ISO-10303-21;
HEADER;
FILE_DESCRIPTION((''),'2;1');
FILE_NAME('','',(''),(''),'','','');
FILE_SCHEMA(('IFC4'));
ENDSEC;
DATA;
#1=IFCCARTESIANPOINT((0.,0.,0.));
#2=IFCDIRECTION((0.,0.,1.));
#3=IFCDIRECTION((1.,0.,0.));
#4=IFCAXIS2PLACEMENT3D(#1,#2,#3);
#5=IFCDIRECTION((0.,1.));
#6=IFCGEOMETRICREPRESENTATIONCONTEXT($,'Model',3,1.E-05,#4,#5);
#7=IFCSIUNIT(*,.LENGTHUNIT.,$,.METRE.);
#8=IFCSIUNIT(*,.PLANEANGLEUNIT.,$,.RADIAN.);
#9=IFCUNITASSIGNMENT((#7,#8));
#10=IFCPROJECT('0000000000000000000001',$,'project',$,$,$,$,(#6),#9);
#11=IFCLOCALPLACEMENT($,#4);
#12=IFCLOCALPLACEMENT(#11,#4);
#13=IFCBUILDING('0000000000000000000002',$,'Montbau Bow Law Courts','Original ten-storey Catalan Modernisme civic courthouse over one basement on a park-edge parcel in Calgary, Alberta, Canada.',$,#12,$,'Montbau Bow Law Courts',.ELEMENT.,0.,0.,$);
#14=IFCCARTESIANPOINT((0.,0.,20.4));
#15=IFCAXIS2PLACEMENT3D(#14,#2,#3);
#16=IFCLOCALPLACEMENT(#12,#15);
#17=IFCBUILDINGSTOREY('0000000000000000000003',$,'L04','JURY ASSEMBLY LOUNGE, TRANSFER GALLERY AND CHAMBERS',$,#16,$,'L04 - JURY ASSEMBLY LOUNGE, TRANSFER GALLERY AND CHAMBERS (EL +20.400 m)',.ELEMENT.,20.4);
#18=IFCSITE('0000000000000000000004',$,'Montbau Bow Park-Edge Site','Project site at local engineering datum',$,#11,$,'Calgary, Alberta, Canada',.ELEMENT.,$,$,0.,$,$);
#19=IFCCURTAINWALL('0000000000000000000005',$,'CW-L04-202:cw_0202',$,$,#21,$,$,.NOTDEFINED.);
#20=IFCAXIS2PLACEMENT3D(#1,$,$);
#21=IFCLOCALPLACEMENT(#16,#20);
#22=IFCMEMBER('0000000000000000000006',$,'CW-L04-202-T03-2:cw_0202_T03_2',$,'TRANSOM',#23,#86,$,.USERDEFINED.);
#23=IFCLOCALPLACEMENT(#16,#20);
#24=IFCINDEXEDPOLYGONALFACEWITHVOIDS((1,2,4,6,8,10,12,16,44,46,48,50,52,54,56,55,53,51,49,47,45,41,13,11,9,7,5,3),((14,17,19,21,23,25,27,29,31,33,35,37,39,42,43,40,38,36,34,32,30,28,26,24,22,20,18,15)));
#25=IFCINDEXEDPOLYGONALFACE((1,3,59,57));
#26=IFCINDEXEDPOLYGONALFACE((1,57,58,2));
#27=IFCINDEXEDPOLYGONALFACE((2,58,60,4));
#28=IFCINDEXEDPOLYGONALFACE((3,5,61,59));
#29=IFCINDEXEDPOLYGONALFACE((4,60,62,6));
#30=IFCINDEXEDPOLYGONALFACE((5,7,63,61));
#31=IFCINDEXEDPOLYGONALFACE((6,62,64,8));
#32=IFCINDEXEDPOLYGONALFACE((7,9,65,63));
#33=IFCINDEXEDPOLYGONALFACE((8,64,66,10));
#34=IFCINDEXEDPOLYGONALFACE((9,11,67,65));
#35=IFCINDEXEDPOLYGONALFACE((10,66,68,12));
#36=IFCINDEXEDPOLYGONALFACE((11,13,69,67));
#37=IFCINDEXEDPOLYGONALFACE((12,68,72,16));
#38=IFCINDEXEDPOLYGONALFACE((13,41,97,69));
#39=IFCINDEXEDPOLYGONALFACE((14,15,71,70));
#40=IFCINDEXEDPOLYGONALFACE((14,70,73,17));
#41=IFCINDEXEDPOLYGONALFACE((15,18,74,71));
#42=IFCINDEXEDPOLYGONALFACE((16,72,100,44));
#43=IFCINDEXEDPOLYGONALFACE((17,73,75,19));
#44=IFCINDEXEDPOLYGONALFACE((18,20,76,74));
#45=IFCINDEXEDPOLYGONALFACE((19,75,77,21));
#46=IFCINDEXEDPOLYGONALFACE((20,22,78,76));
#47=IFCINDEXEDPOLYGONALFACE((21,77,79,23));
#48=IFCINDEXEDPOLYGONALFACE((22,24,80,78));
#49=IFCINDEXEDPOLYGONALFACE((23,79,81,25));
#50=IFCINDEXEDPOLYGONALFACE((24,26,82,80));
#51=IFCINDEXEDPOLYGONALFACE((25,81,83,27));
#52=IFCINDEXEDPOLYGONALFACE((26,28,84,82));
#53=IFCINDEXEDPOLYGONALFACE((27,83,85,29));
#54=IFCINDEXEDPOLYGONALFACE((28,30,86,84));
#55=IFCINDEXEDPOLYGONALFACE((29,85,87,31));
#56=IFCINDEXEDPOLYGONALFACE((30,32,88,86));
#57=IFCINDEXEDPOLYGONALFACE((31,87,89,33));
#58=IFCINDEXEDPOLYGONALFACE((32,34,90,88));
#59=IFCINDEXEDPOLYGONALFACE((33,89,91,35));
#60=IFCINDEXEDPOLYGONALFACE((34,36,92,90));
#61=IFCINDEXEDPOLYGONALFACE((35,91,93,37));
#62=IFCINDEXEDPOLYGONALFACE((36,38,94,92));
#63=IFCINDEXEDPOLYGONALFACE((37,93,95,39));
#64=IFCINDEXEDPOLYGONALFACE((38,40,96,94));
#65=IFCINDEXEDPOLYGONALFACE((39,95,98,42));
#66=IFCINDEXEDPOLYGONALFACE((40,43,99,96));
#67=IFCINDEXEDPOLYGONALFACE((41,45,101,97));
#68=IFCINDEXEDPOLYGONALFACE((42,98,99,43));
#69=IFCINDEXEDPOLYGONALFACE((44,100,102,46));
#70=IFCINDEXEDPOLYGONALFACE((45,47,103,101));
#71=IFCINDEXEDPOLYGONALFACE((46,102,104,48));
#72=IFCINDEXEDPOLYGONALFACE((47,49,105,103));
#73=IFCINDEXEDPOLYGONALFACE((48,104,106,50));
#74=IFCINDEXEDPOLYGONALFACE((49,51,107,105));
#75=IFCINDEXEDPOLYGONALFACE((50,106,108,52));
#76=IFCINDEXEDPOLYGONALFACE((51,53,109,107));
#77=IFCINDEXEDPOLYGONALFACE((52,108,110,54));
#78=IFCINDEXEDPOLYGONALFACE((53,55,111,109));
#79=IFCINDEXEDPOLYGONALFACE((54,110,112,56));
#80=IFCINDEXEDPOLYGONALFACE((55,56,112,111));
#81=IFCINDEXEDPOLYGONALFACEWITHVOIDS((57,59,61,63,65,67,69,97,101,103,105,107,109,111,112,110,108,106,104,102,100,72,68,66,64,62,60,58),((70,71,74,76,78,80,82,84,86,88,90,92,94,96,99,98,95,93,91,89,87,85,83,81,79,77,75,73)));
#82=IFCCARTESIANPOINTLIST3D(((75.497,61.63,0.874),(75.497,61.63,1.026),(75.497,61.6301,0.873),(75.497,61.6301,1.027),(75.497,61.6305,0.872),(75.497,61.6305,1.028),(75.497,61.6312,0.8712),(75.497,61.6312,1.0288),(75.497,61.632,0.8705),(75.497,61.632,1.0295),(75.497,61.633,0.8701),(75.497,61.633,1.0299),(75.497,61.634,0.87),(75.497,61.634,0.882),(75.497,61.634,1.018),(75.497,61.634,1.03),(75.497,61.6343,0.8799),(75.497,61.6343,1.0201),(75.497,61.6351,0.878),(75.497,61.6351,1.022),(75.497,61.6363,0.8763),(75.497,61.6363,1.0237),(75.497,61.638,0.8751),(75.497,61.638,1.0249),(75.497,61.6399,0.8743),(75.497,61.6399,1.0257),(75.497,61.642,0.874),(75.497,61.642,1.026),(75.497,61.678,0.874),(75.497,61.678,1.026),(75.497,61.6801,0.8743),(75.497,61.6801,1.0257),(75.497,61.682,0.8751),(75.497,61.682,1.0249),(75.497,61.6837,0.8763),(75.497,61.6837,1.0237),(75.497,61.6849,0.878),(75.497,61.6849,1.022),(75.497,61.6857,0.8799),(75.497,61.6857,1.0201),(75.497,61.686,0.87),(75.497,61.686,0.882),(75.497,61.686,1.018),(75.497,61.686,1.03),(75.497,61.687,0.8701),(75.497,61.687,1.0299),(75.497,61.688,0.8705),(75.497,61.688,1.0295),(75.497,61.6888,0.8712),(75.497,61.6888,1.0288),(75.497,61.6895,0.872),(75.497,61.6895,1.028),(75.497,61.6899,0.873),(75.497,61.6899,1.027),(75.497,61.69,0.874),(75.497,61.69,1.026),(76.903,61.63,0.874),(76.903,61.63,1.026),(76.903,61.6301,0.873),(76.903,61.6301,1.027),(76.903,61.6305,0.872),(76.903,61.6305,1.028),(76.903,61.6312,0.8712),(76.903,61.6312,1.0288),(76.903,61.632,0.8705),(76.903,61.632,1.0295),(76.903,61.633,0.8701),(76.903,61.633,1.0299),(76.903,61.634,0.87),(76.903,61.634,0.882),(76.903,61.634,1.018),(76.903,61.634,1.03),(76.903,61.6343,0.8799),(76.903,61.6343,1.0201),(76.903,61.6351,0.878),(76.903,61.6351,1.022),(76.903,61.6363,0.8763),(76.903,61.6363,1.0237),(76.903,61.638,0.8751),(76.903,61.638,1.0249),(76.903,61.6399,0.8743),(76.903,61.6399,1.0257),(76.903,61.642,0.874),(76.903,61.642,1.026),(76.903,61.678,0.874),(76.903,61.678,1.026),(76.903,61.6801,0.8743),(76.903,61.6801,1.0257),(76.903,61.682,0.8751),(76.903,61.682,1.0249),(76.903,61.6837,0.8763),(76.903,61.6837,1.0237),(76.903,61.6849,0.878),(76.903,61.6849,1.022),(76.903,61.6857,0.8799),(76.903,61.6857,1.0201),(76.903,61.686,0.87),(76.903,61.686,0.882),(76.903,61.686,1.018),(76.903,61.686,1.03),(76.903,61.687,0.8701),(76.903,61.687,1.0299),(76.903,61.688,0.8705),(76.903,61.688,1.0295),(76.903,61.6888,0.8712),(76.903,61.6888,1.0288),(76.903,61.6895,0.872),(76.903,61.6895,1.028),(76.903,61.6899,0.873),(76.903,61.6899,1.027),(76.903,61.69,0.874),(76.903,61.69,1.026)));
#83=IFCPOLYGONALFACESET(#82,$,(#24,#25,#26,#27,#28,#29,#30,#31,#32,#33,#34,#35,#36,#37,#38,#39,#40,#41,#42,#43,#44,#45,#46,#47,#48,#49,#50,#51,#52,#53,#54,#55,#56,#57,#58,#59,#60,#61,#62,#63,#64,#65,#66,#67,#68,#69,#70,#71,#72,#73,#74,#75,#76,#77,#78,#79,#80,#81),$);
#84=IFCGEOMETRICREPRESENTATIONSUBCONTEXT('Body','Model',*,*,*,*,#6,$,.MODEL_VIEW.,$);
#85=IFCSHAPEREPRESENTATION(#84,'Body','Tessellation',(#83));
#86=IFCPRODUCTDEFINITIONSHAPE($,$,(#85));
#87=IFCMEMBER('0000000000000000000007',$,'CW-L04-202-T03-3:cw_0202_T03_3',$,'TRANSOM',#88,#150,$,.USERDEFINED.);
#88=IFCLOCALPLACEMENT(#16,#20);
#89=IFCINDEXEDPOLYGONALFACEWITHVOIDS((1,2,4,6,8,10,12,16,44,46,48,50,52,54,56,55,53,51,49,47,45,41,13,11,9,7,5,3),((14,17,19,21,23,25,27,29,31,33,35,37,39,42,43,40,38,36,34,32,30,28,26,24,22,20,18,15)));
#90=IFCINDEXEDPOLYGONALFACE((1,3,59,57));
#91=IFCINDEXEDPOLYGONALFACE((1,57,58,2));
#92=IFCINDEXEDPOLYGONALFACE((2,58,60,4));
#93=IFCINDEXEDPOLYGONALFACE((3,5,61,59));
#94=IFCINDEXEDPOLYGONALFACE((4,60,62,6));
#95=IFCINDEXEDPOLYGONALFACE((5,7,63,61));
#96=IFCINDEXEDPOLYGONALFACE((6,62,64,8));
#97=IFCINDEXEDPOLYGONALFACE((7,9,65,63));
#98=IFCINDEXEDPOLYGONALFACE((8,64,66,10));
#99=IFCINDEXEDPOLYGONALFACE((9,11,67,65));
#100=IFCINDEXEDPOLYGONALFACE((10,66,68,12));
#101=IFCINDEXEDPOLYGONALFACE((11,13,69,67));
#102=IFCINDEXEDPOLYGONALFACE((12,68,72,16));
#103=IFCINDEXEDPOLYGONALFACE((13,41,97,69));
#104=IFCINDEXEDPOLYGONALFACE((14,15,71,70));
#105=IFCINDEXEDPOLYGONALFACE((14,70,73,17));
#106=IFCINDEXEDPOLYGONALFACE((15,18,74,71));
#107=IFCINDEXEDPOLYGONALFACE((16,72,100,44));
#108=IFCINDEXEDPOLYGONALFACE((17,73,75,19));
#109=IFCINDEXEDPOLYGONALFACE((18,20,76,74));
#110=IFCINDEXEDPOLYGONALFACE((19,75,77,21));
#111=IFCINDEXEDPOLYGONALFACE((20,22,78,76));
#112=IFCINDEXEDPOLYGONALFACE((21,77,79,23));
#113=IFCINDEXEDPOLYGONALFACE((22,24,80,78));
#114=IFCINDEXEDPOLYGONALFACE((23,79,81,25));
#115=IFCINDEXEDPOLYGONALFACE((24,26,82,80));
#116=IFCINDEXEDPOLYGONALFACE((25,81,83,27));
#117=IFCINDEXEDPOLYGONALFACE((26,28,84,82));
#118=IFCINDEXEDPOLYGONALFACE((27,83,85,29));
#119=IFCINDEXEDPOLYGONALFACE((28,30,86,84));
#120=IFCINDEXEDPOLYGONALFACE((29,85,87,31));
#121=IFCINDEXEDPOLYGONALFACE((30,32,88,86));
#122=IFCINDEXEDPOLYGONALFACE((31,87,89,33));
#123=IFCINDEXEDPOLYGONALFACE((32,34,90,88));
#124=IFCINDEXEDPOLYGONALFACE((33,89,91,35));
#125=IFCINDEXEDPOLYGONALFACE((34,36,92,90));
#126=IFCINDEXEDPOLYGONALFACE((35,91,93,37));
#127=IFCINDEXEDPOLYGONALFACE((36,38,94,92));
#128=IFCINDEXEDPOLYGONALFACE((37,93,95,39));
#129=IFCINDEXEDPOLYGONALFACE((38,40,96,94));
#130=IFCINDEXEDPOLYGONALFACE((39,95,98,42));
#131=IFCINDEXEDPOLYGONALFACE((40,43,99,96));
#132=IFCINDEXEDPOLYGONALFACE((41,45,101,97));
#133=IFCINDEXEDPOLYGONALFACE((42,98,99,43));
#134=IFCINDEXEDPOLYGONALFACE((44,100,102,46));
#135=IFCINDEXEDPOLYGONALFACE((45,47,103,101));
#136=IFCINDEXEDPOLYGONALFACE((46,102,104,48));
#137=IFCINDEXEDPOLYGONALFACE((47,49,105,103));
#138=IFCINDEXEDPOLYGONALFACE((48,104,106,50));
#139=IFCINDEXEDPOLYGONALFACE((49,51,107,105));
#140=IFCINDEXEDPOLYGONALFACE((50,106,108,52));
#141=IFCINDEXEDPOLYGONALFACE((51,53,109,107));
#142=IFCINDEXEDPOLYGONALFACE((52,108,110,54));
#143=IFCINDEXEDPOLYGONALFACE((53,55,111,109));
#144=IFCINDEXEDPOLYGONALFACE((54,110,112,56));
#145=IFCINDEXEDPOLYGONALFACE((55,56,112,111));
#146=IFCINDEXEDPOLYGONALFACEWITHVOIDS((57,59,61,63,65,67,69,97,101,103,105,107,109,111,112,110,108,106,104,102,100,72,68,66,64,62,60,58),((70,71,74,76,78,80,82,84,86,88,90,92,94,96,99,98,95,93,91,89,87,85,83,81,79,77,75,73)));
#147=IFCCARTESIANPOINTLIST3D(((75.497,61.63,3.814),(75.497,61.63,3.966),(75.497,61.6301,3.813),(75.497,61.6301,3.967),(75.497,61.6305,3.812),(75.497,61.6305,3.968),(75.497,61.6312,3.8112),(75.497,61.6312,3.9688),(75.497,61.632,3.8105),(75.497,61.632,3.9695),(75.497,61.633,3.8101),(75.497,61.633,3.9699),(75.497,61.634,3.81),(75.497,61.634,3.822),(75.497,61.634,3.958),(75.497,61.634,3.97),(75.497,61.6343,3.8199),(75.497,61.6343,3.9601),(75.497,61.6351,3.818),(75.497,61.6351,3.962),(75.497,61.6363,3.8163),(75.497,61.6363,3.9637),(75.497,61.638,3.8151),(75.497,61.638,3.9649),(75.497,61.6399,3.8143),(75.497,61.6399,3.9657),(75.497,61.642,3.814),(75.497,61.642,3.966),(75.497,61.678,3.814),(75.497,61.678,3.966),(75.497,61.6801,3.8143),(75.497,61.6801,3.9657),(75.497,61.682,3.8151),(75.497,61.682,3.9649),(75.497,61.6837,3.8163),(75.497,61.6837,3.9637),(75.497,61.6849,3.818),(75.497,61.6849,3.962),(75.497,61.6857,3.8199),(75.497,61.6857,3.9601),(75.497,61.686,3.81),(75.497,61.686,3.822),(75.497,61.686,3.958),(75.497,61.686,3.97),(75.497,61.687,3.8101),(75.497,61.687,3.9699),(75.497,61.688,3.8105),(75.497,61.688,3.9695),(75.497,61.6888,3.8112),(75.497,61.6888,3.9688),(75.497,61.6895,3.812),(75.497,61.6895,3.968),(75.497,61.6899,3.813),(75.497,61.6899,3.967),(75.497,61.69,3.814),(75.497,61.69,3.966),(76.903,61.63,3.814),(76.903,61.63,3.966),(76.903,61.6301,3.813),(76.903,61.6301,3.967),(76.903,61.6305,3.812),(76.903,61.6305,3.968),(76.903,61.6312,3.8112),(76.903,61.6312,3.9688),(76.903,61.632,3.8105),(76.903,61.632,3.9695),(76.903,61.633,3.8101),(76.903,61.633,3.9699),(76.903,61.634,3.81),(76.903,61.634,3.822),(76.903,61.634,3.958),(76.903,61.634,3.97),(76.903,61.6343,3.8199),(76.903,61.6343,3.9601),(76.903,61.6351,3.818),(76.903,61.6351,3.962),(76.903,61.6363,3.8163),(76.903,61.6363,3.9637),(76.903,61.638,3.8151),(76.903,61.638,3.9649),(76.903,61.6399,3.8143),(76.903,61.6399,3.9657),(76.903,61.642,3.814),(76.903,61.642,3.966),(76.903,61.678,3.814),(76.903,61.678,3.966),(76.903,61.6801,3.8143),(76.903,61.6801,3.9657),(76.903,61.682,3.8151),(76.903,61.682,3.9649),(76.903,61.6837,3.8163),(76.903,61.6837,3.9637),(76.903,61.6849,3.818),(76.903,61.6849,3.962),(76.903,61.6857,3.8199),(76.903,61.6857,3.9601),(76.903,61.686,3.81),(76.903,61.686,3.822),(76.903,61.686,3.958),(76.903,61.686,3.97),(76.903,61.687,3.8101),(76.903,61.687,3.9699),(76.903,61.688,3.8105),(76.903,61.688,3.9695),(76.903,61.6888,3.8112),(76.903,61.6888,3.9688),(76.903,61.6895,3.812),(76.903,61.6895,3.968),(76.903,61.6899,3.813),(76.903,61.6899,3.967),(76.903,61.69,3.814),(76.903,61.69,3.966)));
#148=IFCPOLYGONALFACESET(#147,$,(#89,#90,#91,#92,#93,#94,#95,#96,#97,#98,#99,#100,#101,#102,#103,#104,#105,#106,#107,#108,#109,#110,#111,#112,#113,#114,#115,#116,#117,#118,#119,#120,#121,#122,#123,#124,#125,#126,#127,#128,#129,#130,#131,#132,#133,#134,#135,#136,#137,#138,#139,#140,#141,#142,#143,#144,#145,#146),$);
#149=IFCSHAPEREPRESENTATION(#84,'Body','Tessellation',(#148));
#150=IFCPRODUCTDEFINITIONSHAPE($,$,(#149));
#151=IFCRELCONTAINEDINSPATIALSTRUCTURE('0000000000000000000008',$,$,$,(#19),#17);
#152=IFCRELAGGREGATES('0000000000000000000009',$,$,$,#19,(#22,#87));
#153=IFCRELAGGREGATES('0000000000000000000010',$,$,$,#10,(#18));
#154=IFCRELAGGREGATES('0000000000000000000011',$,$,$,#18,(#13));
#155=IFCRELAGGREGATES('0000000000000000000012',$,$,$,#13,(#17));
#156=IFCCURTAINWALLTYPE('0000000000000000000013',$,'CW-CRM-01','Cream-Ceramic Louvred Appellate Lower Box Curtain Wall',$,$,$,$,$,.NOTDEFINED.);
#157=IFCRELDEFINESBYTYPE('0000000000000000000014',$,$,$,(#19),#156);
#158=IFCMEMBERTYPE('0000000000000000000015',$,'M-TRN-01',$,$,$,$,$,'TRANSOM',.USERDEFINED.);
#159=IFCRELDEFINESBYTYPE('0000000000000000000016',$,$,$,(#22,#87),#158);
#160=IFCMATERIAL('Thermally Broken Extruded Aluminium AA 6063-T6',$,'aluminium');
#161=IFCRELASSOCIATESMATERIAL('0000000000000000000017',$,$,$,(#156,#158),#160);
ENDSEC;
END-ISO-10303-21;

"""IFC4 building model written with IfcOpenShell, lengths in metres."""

from ifc_helpers import new_model, si_unit, direction, frame, origin_with_axes, origin_2d_with_axis, place, context, subcontext, project, spatial, hollow_rectangle, extrude, material, material_profile, profile_set, type_object, element, aggregate, save


model = new_model("IFC4")

# Units and contexts
model_context = context("Model", 3, precision=1e-05, world=origin_with_axes(), true_north=direction((0.0, 1.0)))
body_context = subcontext(model_context, "Body", "Model", "MODEL_VIEW")
ifc_project = project(units=[si_unit("LENGTHUNIT", "METRE"), si_unit("PLANEANGLEUNIT", "RADIAN")], contexts=[model_context])

# Site, building, storey
site_placement = place(None, origin_with_axes())
site = spatial("IfcSite", under=ifc_project, at=site_placement, Name="Montbau Bow Park-Edge Site", Description="Project site at local engineering datum", LongName="Calgary, Alberta, Canada", CompositionType="ELEMENT", RefElevation=0.0)
building_placement = place(site_placement, origin_with_axes())
building = spatial("IfcBuilding", under=site, at=building_placement, Name="Montbau Bow Law Courts", Description="Original ten-storey Catalan Modernisme civic courthouse over one basement on a park-edge parcel in Calgary, Alberta, Canada.", LongName="Montbau Bow Law Courts", CompositionType="ELEMENT", ElevationOfRefHeight=0.0, ElevationOfTerrain=0.0)
storey_placement = place(building_placement, frame((0.0, 0.0, 20.4), z_axis=(0.0, 0.0, 1.0), x_axis=(1.0, 0.0, 0.0)))
storey = spatial("IfcBuildingStorey", under=building, at=storey_placement, Name="L04", Description="JURY ASSEMBLY LOUNGE, TRANSFER GALLERY AND CHAMBERS", LongName="L04 - JURY ASSEMBLY LOUNGE, TRANSFER GALLERY AND CHAMBERS (EL +20.400 m)", CompositionType="ELEMENT", Elevation=20.4)

# Curtain wall
ifc_material_1 = material(Name="Thermally Broken Extruded Aluminium AA 6063-T6", Category="aluminium")
curtain_wall_type = type_object("IfcCurtainWallType", Name="CW-CRM-01", Description="Cream-Ceramic Louvred Appellate Lower Box Curtain Wall", PredefinedType="NOTDEFINED", material=ifc_material_1)
curtain_wall_1_placement = place(None, frame((72.515, 61.66, 20.4), z_axis=(0.0, 0.0, 1.0), x_axis=(1.0, 0.0, 0.0)))
curtain_wall_1 = element("IfcCurtainWall", 1, at=curtain_wall_1_placement, inside=storey, type_object=curtain_wall_type, Name="CW-L04-202:cw_0202", PredefinedType="NOTDEFINED")

# Members
ifc_material_profile_1 = material_profile(ifc_material_1, hollow_rectangle(XDim=0.06, YDim=0.16, WallThickness=0.004, InnerFilletRadius=0.008, OuterFilletRadius=0.004, at=origin_2d_with_axis()), Name="CWT-160X60", Category="Main", Priority=0)
ifc_profile_set_1 = profile_set([ifc_material_profile_1], Name="Thermally Broken Extruded Aluminium AA 6063-T6")
member_type_1 = type_object("IfcMemberType", Name="M-TRN-01", ElementType="TRANSOM", PredefinedType="USERDEFINED", material=ifc_profile_set_1)
member_1_placement = place(None, frame((75.497, 61.66, 21.35), z_axis=(1.0, 0.0, 0.0), x_axis=(0.0, 1.0, 0.0)))
member_1 = element("IfcMember", 2, at=member_1_placement, type_object=member_type_1, Name="CW-L04-202-T03-2:cw_0202_T03_2", ObjectType="TRANSOM", PredefinedType="USERDEFINED", context=body_context, shape_type="SweptSolid", body=[
    extrude(hollow_rectangle(XDim=0.06, YDim=0.16, WallThickness=0.004, InnerFilletRadius=0.008, OuterFilletRadius=0.004, at=origin_2d_with_axis()), origin_with_axes(), (0.0, 0.0, 1.0), 1.406),
])
member_2_placement = place(None, frame((75.497, 61.66, 24.29), z_axis=(1.0, 0.0, 0.0), x_axis=(0.0, 1.0, 0.0)))
member_2 = element("IfcMember", 3, at=member_2_placement, type_object=member_type_1, Name="CW-L04-202-T03-3:cw_0202_T03_3", ObjectType="TRANSOM", PredefinedType="USERDEFINED", context=body_context, shape_type="SweptSolid", body=[
    extrude(hollow_rectangle(XDim=0.06, YDim=0.16, WallThickness=0.004, InnerFilletRadius=0.008, OuterFilletRadius=0.004, at=origin_2d_with_axis()), origin_with_axes(), (0.0, 0.0, 1.0), 1.406),
])

aggregate(curtain_wall_1, [member_1, member_2])

save(model, "model.ifc")
